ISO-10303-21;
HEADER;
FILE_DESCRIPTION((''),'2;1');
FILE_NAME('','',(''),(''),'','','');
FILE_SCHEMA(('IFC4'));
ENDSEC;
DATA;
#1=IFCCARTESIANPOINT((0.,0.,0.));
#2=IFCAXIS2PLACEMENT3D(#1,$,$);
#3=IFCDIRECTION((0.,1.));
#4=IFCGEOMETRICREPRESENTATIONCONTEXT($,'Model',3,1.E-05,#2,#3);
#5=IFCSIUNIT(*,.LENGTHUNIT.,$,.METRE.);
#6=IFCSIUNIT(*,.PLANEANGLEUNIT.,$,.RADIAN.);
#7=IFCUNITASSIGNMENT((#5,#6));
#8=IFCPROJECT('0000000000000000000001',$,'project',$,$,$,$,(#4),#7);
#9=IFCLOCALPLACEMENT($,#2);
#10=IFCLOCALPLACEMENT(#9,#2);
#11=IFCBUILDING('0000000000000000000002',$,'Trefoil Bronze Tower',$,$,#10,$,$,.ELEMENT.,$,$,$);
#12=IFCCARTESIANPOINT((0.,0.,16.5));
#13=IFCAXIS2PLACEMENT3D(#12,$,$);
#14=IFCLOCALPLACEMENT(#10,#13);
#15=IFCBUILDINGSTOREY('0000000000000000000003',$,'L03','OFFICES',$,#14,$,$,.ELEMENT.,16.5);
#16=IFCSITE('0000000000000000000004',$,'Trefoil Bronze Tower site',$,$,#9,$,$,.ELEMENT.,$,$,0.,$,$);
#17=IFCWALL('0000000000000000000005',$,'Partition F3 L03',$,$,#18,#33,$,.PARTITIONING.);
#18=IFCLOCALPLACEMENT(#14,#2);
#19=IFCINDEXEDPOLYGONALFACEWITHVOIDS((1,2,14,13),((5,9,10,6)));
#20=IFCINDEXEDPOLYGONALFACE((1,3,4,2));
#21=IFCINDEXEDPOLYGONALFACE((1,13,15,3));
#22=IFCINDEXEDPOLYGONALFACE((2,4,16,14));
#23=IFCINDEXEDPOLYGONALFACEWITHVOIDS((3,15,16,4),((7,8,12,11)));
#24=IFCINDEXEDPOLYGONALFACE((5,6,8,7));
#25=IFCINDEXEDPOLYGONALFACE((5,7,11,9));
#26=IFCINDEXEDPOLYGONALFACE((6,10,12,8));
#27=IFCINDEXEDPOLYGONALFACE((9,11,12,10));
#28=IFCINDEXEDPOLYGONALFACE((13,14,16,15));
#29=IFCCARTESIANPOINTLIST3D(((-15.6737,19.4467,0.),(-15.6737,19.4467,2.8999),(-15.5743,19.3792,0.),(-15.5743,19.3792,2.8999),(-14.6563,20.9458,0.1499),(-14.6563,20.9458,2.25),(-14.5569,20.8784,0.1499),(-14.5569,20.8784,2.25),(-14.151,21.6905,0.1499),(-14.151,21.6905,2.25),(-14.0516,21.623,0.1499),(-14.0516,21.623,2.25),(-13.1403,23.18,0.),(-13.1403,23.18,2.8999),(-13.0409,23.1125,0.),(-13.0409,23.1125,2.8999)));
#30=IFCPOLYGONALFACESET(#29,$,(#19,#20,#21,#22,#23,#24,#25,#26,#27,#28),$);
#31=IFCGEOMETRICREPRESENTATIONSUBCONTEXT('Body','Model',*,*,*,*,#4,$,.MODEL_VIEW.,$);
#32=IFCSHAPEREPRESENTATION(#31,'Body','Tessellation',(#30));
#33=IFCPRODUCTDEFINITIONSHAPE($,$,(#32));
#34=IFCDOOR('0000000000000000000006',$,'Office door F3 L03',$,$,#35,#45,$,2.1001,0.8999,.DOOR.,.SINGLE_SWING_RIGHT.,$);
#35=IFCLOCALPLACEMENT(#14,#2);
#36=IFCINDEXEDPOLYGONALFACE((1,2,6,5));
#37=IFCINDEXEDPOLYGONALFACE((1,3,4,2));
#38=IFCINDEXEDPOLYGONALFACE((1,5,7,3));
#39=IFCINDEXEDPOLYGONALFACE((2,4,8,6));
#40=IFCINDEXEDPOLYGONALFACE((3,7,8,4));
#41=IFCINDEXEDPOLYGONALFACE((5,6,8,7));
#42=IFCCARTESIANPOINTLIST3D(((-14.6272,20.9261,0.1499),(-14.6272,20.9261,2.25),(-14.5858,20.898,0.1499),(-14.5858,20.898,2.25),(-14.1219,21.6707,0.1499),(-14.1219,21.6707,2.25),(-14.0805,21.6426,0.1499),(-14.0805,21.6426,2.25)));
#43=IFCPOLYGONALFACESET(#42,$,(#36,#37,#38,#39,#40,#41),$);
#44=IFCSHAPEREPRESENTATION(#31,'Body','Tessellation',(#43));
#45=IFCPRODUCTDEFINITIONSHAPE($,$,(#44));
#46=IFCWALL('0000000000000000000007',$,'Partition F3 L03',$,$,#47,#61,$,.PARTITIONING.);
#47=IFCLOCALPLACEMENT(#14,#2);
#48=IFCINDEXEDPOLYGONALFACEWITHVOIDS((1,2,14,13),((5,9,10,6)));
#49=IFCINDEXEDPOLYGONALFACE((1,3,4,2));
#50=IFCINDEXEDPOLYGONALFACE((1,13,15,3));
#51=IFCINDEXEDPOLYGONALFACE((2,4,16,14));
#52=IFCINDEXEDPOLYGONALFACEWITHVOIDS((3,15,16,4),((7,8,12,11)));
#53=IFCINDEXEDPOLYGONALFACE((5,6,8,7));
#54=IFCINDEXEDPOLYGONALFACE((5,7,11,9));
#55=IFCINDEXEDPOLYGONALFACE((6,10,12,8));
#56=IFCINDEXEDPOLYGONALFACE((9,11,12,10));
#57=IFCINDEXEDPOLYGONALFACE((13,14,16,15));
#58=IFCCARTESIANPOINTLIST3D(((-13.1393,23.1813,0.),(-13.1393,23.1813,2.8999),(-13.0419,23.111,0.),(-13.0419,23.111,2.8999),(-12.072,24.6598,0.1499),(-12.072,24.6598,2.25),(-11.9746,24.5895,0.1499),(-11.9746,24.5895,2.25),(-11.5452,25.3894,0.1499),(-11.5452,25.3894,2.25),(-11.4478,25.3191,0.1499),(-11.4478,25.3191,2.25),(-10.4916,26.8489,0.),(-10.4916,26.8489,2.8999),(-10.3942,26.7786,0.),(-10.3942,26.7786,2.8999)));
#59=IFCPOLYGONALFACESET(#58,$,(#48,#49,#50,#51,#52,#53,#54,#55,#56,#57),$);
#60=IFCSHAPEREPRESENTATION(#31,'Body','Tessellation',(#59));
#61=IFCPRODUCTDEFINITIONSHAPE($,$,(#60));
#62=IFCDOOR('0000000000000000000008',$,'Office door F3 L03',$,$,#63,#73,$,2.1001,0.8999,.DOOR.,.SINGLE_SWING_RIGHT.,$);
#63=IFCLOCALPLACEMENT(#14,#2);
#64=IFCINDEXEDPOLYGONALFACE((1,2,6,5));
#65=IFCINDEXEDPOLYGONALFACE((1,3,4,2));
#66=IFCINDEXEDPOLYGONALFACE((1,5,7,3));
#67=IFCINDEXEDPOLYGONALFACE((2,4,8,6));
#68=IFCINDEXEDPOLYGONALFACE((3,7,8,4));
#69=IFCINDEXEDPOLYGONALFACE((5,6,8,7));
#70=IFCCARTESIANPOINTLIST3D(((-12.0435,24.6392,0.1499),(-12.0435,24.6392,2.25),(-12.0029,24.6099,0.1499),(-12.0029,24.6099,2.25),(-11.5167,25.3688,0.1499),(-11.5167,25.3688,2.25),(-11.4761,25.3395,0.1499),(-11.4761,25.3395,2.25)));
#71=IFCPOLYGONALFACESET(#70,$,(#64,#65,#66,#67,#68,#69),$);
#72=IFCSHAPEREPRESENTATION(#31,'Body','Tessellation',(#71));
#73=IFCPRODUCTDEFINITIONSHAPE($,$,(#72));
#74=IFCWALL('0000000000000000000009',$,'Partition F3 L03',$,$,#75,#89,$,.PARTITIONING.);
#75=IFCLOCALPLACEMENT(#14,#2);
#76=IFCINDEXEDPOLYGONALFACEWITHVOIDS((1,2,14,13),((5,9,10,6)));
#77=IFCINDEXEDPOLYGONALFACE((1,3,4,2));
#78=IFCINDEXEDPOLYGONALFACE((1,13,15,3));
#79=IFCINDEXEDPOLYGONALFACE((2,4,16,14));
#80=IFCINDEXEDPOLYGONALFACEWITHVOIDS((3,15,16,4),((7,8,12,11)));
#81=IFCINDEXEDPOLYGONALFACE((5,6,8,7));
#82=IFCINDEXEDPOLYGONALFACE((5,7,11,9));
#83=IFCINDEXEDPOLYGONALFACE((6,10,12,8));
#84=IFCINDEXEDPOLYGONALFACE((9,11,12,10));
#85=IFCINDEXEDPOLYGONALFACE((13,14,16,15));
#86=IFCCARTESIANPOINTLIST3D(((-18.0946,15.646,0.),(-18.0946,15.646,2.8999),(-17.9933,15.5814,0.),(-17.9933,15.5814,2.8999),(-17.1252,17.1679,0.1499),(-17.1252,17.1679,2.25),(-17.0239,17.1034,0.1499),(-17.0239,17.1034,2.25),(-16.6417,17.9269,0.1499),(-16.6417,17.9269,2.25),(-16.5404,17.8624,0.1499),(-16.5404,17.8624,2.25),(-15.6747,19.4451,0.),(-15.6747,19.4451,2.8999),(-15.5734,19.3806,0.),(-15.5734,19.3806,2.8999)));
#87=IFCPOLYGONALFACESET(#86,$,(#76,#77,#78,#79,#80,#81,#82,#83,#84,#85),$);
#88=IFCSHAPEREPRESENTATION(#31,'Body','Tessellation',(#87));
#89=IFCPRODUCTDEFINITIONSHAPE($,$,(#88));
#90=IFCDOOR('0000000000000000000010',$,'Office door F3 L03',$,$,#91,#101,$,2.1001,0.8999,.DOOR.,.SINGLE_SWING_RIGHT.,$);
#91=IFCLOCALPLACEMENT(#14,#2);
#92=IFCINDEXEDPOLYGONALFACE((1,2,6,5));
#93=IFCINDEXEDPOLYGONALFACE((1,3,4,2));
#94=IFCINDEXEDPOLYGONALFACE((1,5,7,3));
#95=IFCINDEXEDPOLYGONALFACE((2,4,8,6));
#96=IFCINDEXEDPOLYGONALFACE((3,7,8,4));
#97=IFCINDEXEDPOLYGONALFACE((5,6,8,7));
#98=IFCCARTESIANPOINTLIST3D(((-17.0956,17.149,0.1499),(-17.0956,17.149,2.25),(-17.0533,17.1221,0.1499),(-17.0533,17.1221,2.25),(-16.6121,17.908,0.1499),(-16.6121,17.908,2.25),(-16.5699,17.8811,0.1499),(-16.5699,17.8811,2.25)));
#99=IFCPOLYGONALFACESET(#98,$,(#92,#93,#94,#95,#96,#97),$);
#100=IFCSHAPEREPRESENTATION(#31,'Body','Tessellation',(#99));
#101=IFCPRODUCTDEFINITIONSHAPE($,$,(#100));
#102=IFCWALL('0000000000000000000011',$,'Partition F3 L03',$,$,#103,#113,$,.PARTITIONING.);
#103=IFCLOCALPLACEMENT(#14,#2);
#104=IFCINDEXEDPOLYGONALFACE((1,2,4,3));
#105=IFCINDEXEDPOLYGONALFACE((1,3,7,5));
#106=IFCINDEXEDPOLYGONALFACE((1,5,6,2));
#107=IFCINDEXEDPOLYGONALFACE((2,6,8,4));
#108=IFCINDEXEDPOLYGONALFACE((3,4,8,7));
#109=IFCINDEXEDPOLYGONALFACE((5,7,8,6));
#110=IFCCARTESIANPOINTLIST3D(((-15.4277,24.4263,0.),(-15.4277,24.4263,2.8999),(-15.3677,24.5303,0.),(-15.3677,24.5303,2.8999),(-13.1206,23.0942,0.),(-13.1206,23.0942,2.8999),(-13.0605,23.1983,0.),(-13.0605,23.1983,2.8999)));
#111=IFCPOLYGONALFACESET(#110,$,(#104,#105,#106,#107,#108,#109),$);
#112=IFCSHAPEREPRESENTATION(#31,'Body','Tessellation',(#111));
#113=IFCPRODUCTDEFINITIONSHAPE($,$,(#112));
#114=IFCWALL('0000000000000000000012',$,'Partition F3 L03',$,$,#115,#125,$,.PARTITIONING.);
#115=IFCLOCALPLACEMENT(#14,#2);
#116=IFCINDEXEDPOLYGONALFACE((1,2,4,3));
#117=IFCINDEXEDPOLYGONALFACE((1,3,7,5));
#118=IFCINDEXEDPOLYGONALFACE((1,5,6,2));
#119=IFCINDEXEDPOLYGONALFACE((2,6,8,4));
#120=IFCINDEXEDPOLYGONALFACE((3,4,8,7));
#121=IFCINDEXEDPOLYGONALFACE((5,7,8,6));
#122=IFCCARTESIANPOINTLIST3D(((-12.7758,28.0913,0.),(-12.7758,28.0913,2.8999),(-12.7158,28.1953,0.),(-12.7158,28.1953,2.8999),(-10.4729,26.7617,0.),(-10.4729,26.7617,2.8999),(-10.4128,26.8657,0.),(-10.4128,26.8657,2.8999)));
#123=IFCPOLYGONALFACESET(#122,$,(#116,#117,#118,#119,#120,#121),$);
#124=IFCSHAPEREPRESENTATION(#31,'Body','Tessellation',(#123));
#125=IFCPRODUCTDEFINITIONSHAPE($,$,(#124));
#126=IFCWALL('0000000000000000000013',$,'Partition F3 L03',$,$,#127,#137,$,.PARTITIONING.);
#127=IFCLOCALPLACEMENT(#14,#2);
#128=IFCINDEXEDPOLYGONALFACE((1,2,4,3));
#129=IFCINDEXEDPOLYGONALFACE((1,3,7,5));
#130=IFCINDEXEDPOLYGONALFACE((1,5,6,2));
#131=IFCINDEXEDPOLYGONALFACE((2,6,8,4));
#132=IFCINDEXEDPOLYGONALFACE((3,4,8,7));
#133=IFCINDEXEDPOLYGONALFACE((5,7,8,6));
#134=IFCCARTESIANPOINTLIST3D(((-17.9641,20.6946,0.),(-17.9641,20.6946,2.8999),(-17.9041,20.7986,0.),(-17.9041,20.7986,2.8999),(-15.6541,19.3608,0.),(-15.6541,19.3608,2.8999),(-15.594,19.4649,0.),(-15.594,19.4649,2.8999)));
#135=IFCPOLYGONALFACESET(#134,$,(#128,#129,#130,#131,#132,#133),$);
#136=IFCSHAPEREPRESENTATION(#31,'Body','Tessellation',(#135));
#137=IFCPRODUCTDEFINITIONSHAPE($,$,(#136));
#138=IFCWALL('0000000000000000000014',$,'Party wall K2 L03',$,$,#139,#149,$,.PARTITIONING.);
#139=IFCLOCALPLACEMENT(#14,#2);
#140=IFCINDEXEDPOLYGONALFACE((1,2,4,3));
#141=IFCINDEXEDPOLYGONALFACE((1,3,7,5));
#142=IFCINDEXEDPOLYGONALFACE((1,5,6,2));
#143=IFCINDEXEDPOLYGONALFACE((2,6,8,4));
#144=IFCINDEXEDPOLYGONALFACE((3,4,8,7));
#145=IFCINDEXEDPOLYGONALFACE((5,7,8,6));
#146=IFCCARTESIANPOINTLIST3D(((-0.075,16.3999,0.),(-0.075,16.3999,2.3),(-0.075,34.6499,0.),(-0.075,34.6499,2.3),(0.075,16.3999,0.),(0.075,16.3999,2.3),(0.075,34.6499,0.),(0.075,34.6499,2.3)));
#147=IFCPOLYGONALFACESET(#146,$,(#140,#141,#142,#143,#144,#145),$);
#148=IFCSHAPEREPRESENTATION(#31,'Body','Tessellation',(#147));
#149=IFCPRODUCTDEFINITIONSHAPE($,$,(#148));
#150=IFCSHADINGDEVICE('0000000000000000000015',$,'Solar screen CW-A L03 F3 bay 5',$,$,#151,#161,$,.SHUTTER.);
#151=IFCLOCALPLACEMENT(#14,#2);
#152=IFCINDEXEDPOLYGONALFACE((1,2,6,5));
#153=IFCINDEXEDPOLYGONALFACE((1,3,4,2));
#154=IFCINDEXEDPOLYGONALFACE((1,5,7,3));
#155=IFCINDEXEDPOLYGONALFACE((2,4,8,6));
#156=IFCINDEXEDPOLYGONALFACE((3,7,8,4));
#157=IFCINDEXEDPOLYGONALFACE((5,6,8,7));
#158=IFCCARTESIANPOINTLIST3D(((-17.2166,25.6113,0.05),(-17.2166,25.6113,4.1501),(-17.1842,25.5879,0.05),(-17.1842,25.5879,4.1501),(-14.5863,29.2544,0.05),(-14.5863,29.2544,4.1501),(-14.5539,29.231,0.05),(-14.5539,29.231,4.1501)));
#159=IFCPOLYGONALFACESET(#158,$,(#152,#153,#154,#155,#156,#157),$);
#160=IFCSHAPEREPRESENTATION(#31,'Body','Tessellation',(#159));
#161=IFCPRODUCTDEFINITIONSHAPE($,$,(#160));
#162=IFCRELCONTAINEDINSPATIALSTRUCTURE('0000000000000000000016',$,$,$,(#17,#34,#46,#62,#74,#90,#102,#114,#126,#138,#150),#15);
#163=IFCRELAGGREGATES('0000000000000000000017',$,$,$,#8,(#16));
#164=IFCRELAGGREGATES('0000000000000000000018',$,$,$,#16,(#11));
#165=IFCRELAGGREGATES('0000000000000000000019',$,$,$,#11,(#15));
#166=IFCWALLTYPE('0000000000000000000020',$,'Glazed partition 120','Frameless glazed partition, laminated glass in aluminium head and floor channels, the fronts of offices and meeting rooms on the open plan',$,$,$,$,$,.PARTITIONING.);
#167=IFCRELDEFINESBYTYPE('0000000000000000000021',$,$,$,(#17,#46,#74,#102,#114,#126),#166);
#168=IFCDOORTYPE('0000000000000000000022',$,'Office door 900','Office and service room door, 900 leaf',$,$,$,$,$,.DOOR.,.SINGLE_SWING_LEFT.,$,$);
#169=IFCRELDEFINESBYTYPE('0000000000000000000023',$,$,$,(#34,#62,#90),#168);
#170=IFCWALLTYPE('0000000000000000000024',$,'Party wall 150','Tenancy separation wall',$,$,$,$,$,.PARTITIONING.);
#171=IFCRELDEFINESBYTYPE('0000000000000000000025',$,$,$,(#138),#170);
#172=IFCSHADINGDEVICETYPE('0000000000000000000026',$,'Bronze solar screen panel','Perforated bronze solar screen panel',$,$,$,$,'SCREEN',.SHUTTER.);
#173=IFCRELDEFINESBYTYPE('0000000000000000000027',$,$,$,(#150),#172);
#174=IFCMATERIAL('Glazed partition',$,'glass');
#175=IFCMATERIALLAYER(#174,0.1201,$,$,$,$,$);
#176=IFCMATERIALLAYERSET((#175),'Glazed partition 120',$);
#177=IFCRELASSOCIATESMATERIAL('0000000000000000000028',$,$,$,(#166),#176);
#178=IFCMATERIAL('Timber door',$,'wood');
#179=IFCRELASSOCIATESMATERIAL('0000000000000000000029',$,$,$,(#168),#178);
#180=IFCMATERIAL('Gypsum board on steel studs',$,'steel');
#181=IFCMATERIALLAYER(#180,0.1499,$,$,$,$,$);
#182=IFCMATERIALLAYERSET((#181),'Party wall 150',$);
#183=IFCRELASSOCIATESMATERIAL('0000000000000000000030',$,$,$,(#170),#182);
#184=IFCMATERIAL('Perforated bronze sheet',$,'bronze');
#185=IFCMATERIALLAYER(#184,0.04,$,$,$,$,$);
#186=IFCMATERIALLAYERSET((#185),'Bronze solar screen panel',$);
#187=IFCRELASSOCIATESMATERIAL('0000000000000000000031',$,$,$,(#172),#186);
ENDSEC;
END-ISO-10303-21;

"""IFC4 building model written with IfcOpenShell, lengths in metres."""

from ifc_helpers import new_model, si_unit, direction, frame, frame_2d, origin, origin_2d, place, context, subcontext, project, spatial, rectangle, extrude, material, layer, layer_set, type_object, element, fill, save


model = new_model("IFC4")

# Units and contexts
model_context = context("Model", 3, precision=1e-05, world=origin(), true_north=direction((0.0, 1.0)))
body_context = subcontext(model_context, "Body", "Model", "MODEL_VIEW")
ifc_project = project(units=[si_unit("LENGTHUNIT", "METRE"), si_unit("PLANEANGLEUNIT", "RADIAN")], contexts=[model_context])

# Site, building, storey
site_placement = place(None, origin())
site = spatial("IfcSite", under=ifc_project, at=site_placement, Name="Trefoil Bronze Tower site", CompositionType="ELEMENT", RefElevation=0.0)
building_placement = place(site_placement, origin())
building = spatial("IfcBuilding", under=site, at=building_placement, Name="Trefoil Bronze Tower", CompositionType="ELEMENT")
storey_placement = place(building_placement, frame((0.0, 0.0, 16.5)))
storey = spatial("IfcBuildingStorey", under=building, at=storey_placement, Name="L03", Description="OFFICES", CompositionType="ELEMENT", Elevation=16.5)

# Shared definitions
ifc_material_1 = material(Name="Glazed partition", Category="glass")
ifc_layer_1 = layer(ifc_material_1, 0.1201)
ifc_layer_set_1 = layer_set([ifc_layer_1], Name="Glazed partition 120")
wall_type_1 = type_object("IfcWallType", Name="Glazed partition 120", Description="Frameless glazed partition, laminated glass in aluminium head and floor channels, the fronts of offices and meeting rooms on the open plan", PredefinedType="PARTITIONING", material=ifc_layer_set_1)
ifc_material_2 = material(Name="Timber door", Category="wood")
door_type_1 = type_object("IfcDoorType", Name="Office door 900", Description="Office and service room door, 900 leaf", OperationType="SINGLE_SWING_LEFT", PredefinedType="DOOR", material=ifc_material_2)

# Walls, openings, doors
wall_1_placement = place(storey_placement, frame((-13.0906, 23.1462, 0.0), z_axis=(0.0, 0.0, 1.0), x_axis=(-0.561512, -0.827469, 0.0)))
wall_1 = element("IfcWall", 1, at=wall_1_placement, inside=storey, type_object=wall_type_1, Name="Partition F3 L03", PredefinedType="PARTITIONING", context=body_context, shape_type="SweptSolid", body=[
    extrude(rectangle(XDim=4.5117, YDim=0.1201, at=frame_2d((2.2559, 0.0))), origin(), (0.0, 0.0, 1.0), 2.8999),
])
opening_1_placement = place(wall_1_placement, frame((1.8, 0.0, 0.1499)))
opening_1 = element("IfcOpeningElement", 2, at=opening_1_placement, cuts=wall_1, PredefinedType="OPENING", context=body_context, shape_type="SweptSolid", body=[
    extrude(rectangle(XDim=0.8999, YDim=2.1001, at=frame_2d((0.45, 1.05))), frame((0.0, 0.0701, 0.0), z_axis=(0.0, -1.0, 0.0), x_axis=(1.0, 0.0, 0.0)), (0.0, 0.0, 1.0), 0.1401),
])
door_1_placement = place(opening_1_placement, frame((0.8999, 0.0, 0.0), z_axis=(0.0, 0.0, 1.0), x_axis=(-1.0, 0.0, 0.0)))
door_1 = element("IfcDoor", 3, at=door_1_placement, inside=storey, type_object=door_type_1, Name="Office door F3 L03", OperationType="SINGLE_SWING_RIGHT", OverallHeight=2.1001, OverallWidth=0.8999, PredefinedType="DOOR", context=body_context, shape_type="SweptSolid", body=[
    extrude(rectangle(XDim=0.8999, YDim=2.1001, at=frame_2d((0.45, 1.05))), frame((0.0, 0.0249, 0.0), z_axis=(0.0, -1.0, 0.0), x_axis=(1.0, 0.0, 0.0)), (0.0, 0.0, 1.0), 0.05),
])
fill(opening_1, door_1)
wall_2_placement = place(storey_placement, frame((-10.4429, 26.8137, 0.0), z_axis=(0.0, 0.0, 1.0), x_axis=(-0.585341, -0.810787, 0.0)))
wall_2 = element("IfcWall", 4, at=wall_2_placement, inside=storey, type_object=wall_type_1, Name="Partition F3 L03", PredefinedType="PARTITIONING", context=body_context, shape_type="SweptSolid", body=[
    extrude(rectangle(XDim=4.5234, YDim=0.1201, at=frame_2d((2.2617, 0.0))), origin(), (0.0, 0.0, 1.0), 2.8999),
])
opening_2_placement = place(wall_2_placement, frame((1.8, 0.0, 0.1499)))
opening_2 = element("IfcOpeningElement", 5, at=opening_2_placement, cuts=wall_2, PredefinedType="OPENING", context=body_context, shape_type="SweptSolid", body=[
    extrude(rectangle(XDim=0.8999, YDim=2.1001, at=frame_2d((0.45, 1.05))), frame((0.0, 0.0701, 0.0), z_axis=(0.0, -1.0, 0.0), x_axis=(1.0, 0.0, 0.0)), (0.0, 0.0, 1.0), 0.1401),
])
door_2_placement = place(opening_2_placement, frame((0.8999, 0.0, 0.0), z_axis=(0.0, 0.0, 1.0), x_axis=(-1.0, 0.0, 0.0)))
door_2 = element("IfcDoor", 6, at=door_2_placement, inside=storey, type_object=door_type_1, Name="Office door F3 L03", OperationType="SINGLE_SWING_RIGHT", OverallHeight=2.1001, OverallWidth=0.8999, PredefinedType="DOOR", context=body_context, shape_type="SweptSolid", body=[
    extrude(rectangle(XDim=0.8999, YDim=2.1001, at=frame_2d((0.45, 1.05))), frame((0.0, 0.0249, 0.0), z_axis=(0.0, -1.0, 0.0), x_axis=(1.0, 0.0, 0.0)), (0.0, 0.0, 1.0), 0.05),
])
fill(opening_2, door_2)
wall_3_placement = place(storey_placement, frame((-15.624, 19.4128, 0.0), z_axis=(0.0, 0.0, 1.0), x_axis=(-0.537244, -0.843427, 0.0)))
wall_3 = element("IfcWall", 7, at=wall_3_placement, inside=storey, type_object=wall_type_1, Name="Partition F3 L03", PredefinedType="PARTITIONING", context=body_context, shape_type="SweptSolid", body=[
    extrude(rectangle(XDim=4.5044, YDim=0.1201, at=frame_2d((2.2522, 0.0))), origin(), (0.0, 0.0, 1.0), 2.8999),
])
opening_3_placement = place(wall_3_placement, frame((1.8, 0.0, 0.1499)))
opening_3 = element("IfcOpeningElement", 8, at=opening_3_placement, cuts=wall_3, PredefinedType="OPENING", context=body_context, shape_type="SweptSolid", body=[
    extrude(rectangle(XDim=0.8999, YDim=2.1001, at=frame_2d((0.45, 1.05))), frame((0.0, 0.0701, 0.0), z_axis=(0.0, -1.0, 0.0), x_axis=(1.0, 0.0, 0.0)), (0.0, 0.0, 1.0), 0.1401),
])
door_3_placement = place(opening_3_placement, frame((0.8999, 0.0, 0.0), z_axis=(0.0, 0.0, 1.0), x_axis=(-1.0, 0.0, 0.0)))
door_3 = element("IfcDoor", 9, at=door_3_placement, inside=storey, type_object=door_type_1, Name="Office door F3 L03", OperationType="SINGLE_SWING_RIGHT", OverallHeight=2.1001, OverallWidth=0.8999, PredefinedType="DOOR", context=body_context, shape_type="SweptSolid", body=[
    extrude(rectangle(XDim=0.8999, YDim=2.1001, at=frame_2d((0.45, 1.05))), frame((0.0, 0.0249, 0.0), z_axis=(0.0, -1.0, 0.0), x_axis=(1.0, 0.0, 0.0)), (0.0, 0.0, 1.0), 0.05),
])
fill(opening_3, door_3)

# Walls
wall_4_placement = place(storey_placement, frame((-13.0906, 23.1462, 0.0), z_axis=(0.0, 0.0, 1.0), x_axis=(-0.866024, 0.500003, 0.0)))
element("IfcWall", 10, at=wall_4_placement, inside=storey, type_object=wall_type_1, Name="Partition F3 L03", PredefinedType="PARTITIONING", context=body_context, shape_type="SweptSolid", body=[
    extrude(rectangle(XDim=2.6641, YDim=0.1201, at=frame_2d((1.332, 0.0))), origin(), (0.0, 0.0, 1.0), 2.8999),
])
wall_5_placement = place(storey_placement, frame((-10.4429, 26.8137, 0.0), z_axis=(0.0, 0.0, 1.0), x_axis=(-0.866031, 0.49999, 0.0)))
element("IfcWall", 11, at=wall_5_placement, inside=storey, type_object=wall_type_1, Name="Partition F3 L03", PredefinedType="PARTITIONING", context=body_context, shape_type="SweptSolid", body=[
    extrude(rectangle(XDim=2.6592, YDim=0.1201, at=frame_2d((1.3296, 0.0))), origin(), (0.0, 0.0, 1.0), 2.8999),
])
wall_6_placement = place(storey_placement, frame((-15.624, 19.4128, 0.0), z_axis=(0.0, 0.0, 1.0), x_axis=(-0.866021, 0.500008, 0.0)))
element("IfcWall", 12, at=wall_6_placement, inside=storey, type_object=wall_type_1, Name="Partition F3 L03", PredefinedType="PARTITIONING", context=body_context, shape_type="SweptSolid", body=[
    extrude(rectangle(XDim=2.6675, YDim=0.1201, at=frame_2d((1.3337, 0.0))), origin(), (0.0, 0.0, 1.0), 2.8999),
])
ifc_material_3 = material(Name="Gypsum board on steel studs", Category="steel")
ifc_layer_2 = layer(ifc_material_3, 0.1499)
ifc_layer_set_2 = layer_set([ifc_layer_2], Name="Party wall 150")
wall_type_2 = type_object("IfcWallType", Name="Party wall 150", Description="Tenancy separation wall", PredefinedType="PARTITIONING", material=ifc_layer_set_2)
wall_7_placement = place(storey_placement, frame((0.0, 16.3999, 0.0), z_axis=(0.0, 0.0, 1.0), x_axis=(0.0, 1.0, 0.0)))
element("IfcWall", 13, at=wall_7_placement, inside=storey, type_object=wall_type_2, Name="Party wall K2 L03", PredefinedType="PARTITIONING", context=body_context, shape_type="SweptSolid", body=[
    extrude(rectangle(XDim=18.25, YDim=0.1499, at=frame_2d((9.125, 0.0))), origin(), (0.0, 0.0, 1.0), 2.3),
])

# Shading device
ifc_material_4 = material(Name="Perforated bronze sheet", Category="bronze")
ifc_layer_3 = layer(ifc_material_4, 0.04)
ifc_layer_set_3 = layer_set([ifc_layer_3], Name="Bronze solar screen panel")
shading_device_type = type_object("IfcShadingDeviceType", Name="Bronze solar screen panel", Description="Perforated bronze solar screen panel", ElementType="SCREEN", PredefinedType="SHUTTER", material=ifc_layer_set_3)
shading_device_placement = place(storey_placement, frame((-15.8853, 27.4211, 0.05), z_axis=(0.0, 0.0, 1.0), x_axis=(-0.585373, -0.810764, 0.0)))
element("IfcShadingDevice", 14, at=shading_device_placement, inside=storey, type_object=shading_device_type, Name="Solar screen CW-A L03 F3 bay 5", PredefinedType="SHUTTER", context=body_context, shape_type="SweptSolid", body=[
    extrude(rectangle(XDim=4.4934, YDim=0.04, at=origin_2d()), origin(), (0.0, 0.0, 1.0), 4.1001),
])

save(model, "model.ifc")
